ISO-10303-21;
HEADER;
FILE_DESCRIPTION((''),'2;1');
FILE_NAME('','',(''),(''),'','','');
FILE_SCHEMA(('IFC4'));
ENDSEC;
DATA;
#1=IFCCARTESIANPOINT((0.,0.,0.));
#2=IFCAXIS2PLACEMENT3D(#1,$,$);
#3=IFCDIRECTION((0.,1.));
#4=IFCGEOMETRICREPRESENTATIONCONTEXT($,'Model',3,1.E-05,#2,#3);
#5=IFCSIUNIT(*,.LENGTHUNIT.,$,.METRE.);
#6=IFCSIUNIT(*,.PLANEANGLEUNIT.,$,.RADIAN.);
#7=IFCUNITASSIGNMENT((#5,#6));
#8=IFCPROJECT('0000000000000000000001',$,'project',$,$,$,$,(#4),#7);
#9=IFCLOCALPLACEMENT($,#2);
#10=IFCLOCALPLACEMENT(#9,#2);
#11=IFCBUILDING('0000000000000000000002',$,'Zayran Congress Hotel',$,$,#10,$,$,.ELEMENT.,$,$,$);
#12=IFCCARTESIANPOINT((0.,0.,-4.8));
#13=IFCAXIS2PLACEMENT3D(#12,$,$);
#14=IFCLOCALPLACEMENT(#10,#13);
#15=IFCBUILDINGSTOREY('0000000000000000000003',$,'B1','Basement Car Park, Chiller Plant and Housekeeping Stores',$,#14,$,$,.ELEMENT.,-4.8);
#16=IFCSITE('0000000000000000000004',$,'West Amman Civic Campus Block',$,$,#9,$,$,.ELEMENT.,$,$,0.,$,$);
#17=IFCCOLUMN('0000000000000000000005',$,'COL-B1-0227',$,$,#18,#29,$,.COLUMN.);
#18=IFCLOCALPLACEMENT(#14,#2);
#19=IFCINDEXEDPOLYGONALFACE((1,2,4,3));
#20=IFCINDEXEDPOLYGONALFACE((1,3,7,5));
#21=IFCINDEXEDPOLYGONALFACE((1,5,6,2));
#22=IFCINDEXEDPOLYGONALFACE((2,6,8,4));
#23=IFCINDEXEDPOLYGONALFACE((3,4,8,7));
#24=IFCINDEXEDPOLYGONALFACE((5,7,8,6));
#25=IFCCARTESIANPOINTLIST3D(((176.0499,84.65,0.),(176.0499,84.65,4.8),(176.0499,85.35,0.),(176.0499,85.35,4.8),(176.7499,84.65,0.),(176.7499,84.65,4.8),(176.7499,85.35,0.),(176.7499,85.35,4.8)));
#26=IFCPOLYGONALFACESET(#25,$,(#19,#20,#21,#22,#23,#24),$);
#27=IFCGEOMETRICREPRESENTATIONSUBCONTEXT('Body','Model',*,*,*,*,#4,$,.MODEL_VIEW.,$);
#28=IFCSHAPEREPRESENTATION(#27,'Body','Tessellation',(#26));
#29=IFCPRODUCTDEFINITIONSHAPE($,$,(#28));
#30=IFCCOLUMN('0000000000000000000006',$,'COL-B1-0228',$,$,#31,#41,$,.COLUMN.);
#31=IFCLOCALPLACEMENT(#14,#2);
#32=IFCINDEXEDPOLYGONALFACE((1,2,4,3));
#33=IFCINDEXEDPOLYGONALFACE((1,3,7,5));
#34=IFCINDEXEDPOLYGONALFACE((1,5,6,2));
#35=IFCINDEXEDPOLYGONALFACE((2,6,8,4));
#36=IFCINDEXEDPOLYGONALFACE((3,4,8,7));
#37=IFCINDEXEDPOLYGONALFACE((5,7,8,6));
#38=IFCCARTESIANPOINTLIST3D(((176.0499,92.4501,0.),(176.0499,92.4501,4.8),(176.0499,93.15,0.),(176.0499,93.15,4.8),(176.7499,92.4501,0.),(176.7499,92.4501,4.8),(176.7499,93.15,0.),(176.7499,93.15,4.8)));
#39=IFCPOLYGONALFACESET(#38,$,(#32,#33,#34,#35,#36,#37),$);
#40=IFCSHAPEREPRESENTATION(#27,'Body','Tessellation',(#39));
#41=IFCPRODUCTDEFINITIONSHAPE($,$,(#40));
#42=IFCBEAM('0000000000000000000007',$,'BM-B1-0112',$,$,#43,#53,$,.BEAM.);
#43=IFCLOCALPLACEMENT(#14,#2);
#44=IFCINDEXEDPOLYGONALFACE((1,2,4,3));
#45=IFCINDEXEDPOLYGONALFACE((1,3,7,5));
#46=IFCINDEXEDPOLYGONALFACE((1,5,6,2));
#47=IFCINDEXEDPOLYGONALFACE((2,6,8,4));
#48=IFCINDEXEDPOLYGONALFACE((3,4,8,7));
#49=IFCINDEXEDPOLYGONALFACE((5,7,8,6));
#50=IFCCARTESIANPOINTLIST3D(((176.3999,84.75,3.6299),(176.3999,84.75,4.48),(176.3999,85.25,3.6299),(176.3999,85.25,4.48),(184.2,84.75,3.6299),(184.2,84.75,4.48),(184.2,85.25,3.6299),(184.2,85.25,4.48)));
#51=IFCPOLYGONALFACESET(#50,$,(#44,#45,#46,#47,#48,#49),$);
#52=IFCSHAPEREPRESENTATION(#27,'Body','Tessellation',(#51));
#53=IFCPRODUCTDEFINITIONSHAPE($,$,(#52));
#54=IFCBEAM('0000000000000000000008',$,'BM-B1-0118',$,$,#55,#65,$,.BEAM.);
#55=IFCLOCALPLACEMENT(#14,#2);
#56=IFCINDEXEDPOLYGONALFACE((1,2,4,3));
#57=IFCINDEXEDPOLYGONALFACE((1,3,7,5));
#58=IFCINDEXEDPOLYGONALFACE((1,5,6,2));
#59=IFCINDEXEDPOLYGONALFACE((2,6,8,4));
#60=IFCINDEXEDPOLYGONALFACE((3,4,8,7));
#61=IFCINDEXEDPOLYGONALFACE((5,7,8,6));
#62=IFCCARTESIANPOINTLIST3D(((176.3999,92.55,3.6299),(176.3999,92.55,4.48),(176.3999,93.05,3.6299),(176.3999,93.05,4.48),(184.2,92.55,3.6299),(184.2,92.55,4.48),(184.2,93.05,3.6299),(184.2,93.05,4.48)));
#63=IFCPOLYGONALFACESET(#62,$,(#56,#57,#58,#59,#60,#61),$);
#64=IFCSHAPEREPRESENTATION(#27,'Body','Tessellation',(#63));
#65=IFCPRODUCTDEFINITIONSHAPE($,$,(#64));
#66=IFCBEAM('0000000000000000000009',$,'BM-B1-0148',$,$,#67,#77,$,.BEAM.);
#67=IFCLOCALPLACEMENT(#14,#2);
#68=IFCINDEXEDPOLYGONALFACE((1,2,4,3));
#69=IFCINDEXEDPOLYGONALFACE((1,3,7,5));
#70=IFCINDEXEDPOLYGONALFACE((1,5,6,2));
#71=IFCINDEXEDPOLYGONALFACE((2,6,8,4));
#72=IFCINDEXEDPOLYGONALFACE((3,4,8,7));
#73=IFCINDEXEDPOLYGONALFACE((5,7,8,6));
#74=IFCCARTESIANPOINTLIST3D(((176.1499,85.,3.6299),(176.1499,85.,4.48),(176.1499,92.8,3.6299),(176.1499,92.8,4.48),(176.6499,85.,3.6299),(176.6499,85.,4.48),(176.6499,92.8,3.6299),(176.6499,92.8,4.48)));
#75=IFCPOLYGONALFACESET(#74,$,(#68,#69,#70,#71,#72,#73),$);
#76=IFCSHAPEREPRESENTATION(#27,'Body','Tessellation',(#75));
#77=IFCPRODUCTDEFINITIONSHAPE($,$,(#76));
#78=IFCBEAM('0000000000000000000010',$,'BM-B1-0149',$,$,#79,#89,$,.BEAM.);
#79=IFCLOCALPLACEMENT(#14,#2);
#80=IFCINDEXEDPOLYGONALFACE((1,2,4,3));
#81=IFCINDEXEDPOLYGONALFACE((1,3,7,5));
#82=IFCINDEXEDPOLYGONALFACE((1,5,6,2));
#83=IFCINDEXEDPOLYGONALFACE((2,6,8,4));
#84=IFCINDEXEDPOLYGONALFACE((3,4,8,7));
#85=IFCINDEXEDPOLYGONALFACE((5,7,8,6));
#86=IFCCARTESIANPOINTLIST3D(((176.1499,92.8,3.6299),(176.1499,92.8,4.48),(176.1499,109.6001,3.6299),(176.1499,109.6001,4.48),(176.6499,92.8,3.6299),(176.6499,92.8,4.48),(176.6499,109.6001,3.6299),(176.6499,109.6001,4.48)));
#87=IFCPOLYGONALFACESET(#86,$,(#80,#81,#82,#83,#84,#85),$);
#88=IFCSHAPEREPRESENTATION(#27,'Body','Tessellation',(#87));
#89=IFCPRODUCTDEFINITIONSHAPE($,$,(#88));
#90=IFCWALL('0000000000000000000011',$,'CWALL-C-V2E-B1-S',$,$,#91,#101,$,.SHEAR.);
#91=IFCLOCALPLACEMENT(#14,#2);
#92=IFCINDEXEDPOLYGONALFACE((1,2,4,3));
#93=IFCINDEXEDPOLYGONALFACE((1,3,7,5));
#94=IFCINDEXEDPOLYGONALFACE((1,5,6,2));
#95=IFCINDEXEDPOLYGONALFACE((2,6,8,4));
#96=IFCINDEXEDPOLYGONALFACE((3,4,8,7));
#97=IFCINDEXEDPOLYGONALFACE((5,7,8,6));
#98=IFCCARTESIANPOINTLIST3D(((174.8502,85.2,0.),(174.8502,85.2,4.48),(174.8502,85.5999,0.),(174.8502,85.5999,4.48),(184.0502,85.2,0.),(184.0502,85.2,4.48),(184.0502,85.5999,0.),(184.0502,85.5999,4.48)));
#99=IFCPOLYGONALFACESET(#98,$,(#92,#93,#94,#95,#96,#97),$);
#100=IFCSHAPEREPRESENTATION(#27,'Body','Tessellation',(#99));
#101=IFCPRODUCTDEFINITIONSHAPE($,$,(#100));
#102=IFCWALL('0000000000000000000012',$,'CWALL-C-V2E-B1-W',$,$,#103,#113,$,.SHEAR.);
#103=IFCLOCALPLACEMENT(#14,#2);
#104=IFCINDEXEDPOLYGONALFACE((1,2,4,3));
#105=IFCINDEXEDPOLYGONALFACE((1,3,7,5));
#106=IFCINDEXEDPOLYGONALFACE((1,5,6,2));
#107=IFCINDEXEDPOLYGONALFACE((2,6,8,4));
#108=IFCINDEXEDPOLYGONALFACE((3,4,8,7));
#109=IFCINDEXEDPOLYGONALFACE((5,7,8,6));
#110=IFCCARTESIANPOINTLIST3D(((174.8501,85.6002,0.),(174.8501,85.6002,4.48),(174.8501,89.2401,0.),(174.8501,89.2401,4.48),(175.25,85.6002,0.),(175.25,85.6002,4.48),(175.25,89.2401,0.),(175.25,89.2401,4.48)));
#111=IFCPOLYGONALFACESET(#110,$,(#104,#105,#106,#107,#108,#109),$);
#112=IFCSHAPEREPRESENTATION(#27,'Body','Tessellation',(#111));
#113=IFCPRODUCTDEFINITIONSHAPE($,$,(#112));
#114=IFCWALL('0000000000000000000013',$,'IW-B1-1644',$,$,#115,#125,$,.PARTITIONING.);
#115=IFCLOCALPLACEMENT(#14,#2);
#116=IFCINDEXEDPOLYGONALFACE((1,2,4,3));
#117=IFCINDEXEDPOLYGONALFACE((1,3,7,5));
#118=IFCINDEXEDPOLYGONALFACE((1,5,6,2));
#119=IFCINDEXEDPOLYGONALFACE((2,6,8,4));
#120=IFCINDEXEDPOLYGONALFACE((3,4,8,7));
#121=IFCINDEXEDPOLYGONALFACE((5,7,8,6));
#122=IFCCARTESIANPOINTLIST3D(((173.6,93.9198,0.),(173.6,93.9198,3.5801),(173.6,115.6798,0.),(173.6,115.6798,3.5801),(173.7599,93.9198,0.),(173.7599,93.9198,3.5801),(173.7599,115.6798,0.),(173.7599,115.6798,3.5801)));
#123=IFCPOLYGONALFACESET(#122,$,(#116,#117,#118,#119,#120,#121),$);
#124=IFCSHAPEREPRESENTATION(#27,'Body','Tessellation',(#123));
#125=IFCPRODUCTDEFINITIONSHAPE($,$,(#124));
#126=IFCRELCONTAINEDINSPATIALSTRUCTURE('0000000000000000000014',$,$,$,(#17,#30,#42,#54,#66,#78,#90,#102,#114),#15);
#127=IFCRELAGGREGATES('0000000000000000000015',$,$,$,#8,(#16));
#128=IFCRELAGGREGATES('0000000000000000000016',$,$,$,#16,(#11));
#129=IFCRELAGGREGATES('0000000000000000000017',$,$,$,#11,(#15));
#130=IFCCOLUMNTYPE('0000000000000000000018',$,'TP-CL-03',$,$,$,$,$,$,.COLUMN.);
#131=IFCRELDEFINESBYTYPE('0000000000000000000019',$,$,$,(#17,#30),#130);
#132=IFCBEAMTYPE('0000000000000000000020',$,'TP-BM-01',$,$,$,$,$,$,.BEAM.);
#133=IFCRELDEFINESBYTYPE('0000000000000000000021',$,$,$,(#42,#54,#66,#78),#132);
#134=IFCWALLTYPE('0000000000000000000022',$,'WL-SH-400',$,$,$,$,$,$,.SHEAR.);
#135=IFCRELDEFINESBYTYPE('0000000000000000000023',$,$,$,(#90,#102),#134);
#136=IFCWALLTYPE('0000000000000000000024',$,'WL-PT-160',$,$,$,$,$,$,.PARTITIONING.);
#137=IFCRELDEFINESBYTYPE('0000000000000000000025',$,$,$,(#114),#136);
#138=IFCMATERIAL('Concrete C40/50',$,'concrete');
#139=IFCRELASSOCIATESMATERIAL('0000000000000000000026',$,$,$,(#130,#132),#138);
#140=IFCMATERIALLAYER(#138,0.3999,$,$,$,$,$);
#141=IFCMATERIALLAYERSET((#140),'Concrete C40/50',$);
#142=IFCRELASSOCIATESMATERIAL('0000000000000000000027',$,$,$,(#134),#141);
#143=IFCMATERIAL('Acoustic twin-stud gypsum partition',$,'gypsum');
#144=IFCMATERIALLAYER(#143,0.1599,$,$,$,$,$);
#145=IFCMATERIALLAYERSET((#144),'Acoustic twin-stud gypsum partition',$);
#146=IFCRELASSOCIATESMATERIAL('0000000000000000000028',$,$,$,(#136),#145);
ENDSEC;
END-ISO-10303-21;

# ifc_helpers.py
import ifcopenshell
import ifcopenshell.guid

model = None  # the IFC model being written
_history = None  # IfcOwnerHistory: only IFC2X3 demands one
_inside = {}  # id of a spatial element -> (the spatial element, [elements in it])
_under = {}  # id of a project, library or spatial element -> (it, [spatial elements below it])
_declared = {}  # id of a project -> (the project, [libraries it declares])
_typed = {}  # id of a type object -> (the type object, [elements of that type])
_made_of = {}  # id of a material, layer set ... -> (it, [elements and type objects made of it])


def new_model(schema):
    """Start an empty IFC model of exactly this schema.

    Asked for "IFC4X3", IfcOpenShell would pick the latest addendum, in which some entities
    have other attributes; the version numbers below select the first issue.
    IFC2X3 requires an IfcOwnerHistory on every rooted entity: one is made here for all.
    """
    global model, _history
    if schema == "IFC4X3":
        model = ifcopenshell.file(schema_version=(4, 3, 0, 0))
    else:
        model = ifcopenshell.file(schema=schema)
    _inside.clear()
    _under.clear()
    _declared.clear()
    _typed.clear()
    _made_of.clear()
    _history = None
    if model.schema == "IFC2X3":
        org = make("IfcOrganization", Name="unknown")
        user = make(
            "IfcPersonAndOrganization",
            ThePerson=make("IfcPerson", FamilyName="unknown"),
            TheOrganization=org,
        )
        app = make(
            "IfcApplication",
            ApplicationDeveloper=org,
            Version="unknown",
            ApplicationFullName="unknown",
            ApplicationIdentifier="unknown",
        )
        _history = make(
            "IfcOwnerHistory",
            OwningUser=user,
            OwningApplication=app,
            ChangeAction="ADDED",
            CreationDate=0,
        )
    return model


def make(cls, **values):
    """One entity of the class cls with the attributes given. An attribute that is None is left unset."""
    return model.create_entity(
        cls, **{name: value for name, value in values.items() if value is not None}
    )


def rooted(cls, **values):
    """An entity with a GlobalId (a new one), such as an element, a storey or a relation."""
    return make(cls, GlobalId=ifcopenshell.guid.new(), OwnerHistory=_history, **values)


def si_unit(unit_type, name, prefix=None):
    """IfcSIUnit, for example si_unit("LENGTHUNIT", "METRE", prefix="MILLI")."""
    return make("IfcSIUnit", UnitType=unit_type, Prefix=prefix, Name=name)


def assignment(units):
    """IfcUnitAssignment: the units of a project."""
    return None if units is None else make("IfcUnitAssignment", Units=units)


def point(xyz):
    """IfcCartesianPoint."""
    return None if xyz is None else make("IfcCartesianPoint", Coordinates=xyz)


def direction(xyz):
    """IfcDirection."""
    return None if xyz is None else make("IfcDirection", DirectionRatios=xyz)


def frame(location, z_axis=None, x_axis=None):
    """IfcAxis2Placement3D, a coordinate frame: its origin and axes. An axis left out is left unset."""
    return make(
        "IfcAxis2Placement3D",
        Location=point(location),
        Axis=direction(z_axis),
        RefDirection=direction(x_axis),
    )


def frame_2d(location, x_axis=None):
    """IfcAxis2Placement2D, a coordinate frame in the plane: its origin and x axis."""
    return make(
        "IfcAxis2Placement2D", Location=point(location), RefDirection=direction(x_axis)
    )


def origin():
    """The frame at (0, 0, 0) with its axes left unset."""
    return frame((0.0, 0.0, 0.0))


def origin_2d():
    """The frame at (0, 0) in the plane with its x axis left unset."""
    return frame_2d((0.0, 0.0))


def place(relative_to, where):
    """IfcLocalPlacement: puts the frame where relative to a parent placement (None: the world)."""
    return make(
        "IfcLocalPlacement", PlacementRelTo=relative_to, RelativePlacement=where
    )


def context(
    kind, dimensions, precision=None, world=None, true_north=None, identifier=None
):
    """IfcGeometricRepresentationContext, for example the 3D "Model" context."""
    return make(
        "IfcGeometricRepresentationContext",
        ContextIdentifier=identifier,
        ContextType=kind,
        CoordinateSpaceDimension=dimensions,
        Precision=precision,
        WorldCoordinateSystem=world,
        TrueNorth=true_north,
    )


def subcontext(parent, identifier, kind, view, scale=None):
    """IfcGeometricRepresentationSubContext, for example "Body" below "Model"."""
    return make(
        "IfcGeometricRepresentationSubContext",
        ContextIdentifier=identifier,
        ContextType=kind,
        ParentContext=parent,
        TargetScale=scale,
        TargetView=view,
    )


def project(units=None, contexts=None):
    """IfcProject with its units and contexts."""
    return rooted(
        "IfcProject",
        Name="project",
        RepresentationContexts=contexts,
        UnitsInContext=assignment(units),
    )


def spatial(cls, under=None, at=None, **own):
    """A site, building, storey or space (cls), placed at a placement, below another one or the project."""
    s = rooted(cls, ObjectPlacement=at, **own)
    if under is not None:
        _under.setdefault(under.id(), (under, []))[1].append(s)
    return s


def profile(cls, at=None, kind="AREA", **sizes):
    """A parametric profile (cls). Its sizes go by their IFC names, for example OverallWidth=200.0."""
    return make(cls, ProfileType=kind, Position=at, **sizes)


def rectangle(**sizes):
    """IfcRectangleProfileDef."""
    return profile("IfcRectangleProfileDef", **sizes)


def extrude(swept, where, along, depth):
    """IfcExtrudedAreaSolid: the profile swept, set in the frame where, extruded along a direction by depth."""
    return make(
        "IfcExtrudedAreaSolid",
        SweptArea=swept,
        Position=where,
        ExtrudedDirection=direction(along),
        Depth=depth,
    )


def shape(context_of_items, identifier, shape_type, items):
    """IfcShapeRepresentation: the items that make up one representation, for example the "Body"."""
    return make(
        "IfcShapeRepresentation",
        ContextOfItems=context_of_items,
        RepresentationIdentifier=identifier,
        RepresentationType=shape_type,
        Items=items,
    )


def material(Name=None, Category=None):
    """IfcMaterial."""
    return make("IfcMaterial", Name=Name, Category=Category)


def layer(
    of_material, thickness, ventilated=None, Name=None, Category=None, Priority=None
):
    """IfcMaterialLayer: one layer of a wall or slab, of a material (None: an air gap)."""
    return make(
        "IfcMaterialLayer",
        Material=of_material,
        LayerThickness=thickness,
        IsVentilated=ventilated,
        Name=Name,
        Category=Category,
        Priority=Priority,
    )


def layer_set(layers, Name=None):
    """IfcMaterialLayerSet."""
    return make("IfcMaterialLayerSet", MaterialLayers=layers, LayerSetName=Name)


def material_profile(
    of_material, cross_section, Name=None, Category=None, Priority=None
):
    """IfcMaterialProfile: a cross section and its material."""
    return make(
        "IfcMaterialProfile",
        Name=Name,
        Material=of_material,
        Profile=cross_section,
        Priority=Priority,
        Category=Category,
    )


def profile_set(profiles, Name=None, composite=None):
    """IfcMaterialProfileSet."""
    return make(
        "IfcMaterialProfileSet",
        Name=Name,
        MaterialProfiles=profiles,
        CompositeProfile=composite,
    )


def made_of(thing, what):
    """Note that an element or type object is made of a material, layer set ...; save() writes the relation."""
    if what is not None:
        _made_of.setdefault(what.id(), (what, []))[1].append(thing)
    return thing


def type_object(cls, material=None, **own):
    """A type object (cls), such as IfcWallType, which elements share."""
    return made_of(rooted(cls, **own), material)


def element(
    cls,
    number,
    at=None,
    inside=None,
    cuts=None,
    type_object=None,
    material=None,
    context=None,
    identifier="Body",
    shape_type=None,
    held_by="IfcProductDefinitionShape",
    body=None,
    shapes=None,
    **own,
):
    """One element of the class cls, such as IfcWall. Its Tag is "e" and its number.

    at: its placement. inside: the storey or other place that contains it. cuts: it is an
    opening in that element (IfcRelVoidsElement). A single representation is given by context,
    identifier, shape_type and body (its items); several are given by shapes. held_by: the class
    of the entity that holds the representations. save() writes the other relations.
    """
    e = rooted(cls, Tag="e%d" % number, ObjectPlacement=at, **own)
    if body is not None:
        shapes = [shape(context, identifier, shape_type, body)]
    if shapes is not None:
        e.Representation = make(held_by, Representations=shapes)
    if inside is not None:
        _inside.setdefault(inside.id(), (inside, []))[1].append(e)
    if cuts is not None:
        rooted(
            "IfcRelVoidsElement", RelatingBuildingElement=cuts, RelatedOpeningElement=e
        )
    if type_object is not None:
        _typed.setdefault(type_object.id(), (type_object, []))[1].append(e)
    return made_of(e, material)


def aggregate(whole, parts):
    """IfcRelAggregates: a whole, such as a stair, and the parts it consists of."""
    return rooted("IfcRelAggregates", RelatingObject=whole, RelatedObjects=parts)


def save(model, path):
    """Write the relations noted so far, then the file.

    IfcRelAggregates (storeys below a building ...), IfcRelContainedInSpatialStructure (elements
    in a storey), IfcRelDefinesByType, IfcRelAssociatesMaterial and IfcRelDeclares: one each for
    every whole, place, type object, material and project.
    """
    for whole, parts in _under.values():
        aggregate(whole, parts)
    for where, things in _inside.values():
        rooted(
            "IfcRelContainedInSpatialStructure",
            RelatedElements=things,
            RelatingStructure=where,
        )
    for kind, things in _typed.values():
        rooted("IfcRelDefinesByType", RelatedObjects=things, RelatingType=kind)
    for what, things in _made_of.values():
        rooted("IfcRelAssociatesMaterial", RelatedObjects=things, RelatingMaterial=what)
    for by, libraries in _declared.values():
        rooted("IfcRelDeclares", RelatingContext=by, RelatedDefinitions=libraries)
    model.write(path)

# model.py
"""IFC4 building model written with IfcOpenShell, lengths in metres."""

from ifc_helpers import new_model, si_unit, direction, frame, frame_2d, origin, origin_2d, place, context, subcontext, project, spatial, rectangle, extrude, material, layer, layer_set, material_profile, profile_set, type_object, element, save


model = new_model("IFC4")

# Units and contexts
model_context = context("Model", 3, precision=1e-05, world=origin(), true_north=direction((0.0, 1.0)))
body_context = subcontext(model_context, "Body", "Model", "MODEL_VIEW")
ifc_project = project(units=[si_unit("LENGTHUNIT", "METRE"), si_unit("PLANEANGLEUNIT", "RADIAN")], contexts=[model_context])

# Site, building, storey
site_placement = place(None, origin())
site = spatial("IfcSite", under=ifc_project, at=site_placement, Name="West Amman Civic Campus Block", CompositionType="ELEMENT", RefElevation=0.0)
building_placement = place(site_placement, origin())
building = spatial("IfcBuilding", under=site, at=building_placement, Name="Zayran Congress Hotel", CompositionType="ELEMENT")
storey_placement = place(building_placement, frame((0.0, 0.0, -4.8)))
storey = spatial("IfcBuildingStorey", under=building, at=storey_placement, Name="B1", Description="Basement Car Park, Chiller Plant and Housekeeping Stores", CompositionType="ELEMENT", Elevation=-4.8)

# Shared definitions
ifc_material_1 = material(Name="Concrete C40/50", Category="concrete")

# Columns
ifc_material_profile_1 = material_profile(ifc_material_1, rectangle(XDim=0.7, YDim=0.7, at=origin_2d()), Name="RC 700x700")
ifc_profile_set_1 = profile_set([ifc_material_profile_1], Name="Concrete C40/50")
column_type = type_object("IfcColumnType", Name="TP-CL-03", PredefinedType="COLUMN", material=ifc_profile_set_1)
for number, where, z_axis, x_axis, name in (
    (1, (176.3999, 85.0, 0.0), (0.0, 0.0, 1.0), (1.0, 0.0, 0.0), "COL-B1-0227"),
    (2, (176.3999, 92.8, 0.0), (0.0, 0.0, 1.0), (1.0, 0.0, 0.0), "COL-B1-0228"),
):
    element("IfcColumn", number, at=place(storey_placement, frame(where, z_axis=z_axis, x_axis=x_axis)), inside=storey, type_object=column_type, Name=name, PredefinedType="COLUMN", context=body_context, shape_type="SweptSolid", body=[
        extrude(rectangle(XDim=0.7, YDim=0.7, at=origin_2d()), origin(), (0.0, 0.0, 1.0), 4.8),
    ])

# Beams
ifc_material_profile_2 = material_profile(ifc_material_1, rectangle(XDim=0.5, YDim=0.8501, at=origin_2d()), Name="RC 500x850")
ifc_profile_set_2 = profile_set([ifc_material_profile_2], Name="Concrete C40/50")
beam_type = type_object("IfcBeamType", Name="TP-BM-01", PredefinedType="BEAM", material=ifc_profile_set_2)
for number, where, z_axis, x_axis, name in (
    (3, (176.3999, 85.0, 4.0549), (1.0, 0.0, 0.0), (0.0, 1.0, 0.0), "BM-B1-0112"),
    (4, (176.3999, 92.8, 4.0549), (1.0, 0.0, 0.0), (0.0, 1.0, 0.0), "BM-B1-0118"),
    (5, (176.3999, 85.0, 4.0549), (0.0, 1.0, 0.0), (-1.0, 0.0, 0.0), "BM-B1-0148"),
):
    element("IfcBeam", number, at=place(storey_placement, frame(where, z_axis=z_axis, x_axis=x_axis)), inside=storey, type_object=beam_type, Name=name, PredefinedType="BEAM", context=body_context, shape_type="SweptSolid", body=[
        extrude(rectangle(XDim=0.5, YDim=0.8501, at=origin_2d()), origin(), (0.0, 0.0, 1.0), 7.8),
    ])
beam_placement = place(storey_placement, frame((176.3999, 92.8, 4.0549), z_axis=(0.0, 1.0, 0.0), x_axis=(-1.0, 0.0, 0.0)))
element("IfcBeam", 6, at=beam_placement, inside=storey, type_object=beam_type, Name="BM-B1-0149", PredefinedType="BEAM", context=body_context, shape_type="SweptSolid", body=[
    extrude(rectangle(XDim=0.5, YDim=0.8501, at=origin_2d()), origin(), (0.0, 0.0, 1.0), 16.8),
])

# Walls
ifc_layer_1 = layer(ifc_material_1, 0.3999)
ifc_layer_set_1 = layer_set([ifc_layer_1], Name="Concrete C40/50")
wall_type_1 = type_object("IfcWallType", Name="WL-SH-400", PredefinedType="SHEAR", material=ifc_layer_set_1)
wall_1_placement = place(storey_placement, frame((174.8501, 85.3999, 0.0), z_axis=(0.0, 0.0, 1.0), x_axis=(1.0, 0.0, 0.0)))
element("IfcWall", 7, at=wall_1_placement, inside=storey, type_object=wall_type_1, Name="CWALL-C-V2E-B1-S", PredefinedType="SHEAR", context=body_context, shape_type="SweptSolid", body=[
    extrude(rectangle(XDim=9.2, YDim=0.3999, at=frame_2d((4.6001, 0.0))), origin(), (0.0, 0.0, 1.0), 4.48),
])
wall_2_placement = place(storey_placement, frame((175.05, 89.24, 0.0), z_axis=(0.0, 0.0, 1.0), x_axis=(0.0, -1.0, 0.0)))
element("IfcWall", 8, at=wall_2_placement, inside=storey, type_object=wall_type_1, Name="CWALL-C-V2E-B1-W", PredefinedType="SHEAR", context=body_context, shape_type="SweptSolid", body=[
    extrude(rectangle(XDim=3.6399, YDim=0.3999, at=frame_2d((1.8198, 0.0))), origin(), (0.0, 0.0, 1.0), 4.48),
])
ifc_material_2 = material(Name="Acoustic twin-stud gypsum partition", Category="gypsum")
ifc_layer_2 = layer(ifc_material_2, 0.1599)
ifc_layer_set_2 = layer_set([ifc_layer_2], Name="Acoustic twin-stud gypsum partition")
wall_type_2 = type_object("IfcWallType", Name="WL-PT-160", PredefinedType="PARTITIONING", material=ifc_layer_set_2)
wall_3_placement = place(storey_placement, frame((173.6799, 93.9199, 0.0), z_axis=(0.0, 0.0, 1.0), x_axis=(0.0, 1.0, 0.0)))
element("IfcWall", 9, at=wall_3_placement, inside=storey, type_object=wall_type_2, Name="IW-B1-1644", PredefinedType="PARTITIONING", context=body_context, shape_type="SweptSolid", body=[
    extrude(rectangle(XDim=21.76, YDim=0.1599, at=frame_2d((10.8799, 0.0))), origin(), (0.0, 0.0, 1.0), 3.5801),
])

save(model, "model.ifc")
